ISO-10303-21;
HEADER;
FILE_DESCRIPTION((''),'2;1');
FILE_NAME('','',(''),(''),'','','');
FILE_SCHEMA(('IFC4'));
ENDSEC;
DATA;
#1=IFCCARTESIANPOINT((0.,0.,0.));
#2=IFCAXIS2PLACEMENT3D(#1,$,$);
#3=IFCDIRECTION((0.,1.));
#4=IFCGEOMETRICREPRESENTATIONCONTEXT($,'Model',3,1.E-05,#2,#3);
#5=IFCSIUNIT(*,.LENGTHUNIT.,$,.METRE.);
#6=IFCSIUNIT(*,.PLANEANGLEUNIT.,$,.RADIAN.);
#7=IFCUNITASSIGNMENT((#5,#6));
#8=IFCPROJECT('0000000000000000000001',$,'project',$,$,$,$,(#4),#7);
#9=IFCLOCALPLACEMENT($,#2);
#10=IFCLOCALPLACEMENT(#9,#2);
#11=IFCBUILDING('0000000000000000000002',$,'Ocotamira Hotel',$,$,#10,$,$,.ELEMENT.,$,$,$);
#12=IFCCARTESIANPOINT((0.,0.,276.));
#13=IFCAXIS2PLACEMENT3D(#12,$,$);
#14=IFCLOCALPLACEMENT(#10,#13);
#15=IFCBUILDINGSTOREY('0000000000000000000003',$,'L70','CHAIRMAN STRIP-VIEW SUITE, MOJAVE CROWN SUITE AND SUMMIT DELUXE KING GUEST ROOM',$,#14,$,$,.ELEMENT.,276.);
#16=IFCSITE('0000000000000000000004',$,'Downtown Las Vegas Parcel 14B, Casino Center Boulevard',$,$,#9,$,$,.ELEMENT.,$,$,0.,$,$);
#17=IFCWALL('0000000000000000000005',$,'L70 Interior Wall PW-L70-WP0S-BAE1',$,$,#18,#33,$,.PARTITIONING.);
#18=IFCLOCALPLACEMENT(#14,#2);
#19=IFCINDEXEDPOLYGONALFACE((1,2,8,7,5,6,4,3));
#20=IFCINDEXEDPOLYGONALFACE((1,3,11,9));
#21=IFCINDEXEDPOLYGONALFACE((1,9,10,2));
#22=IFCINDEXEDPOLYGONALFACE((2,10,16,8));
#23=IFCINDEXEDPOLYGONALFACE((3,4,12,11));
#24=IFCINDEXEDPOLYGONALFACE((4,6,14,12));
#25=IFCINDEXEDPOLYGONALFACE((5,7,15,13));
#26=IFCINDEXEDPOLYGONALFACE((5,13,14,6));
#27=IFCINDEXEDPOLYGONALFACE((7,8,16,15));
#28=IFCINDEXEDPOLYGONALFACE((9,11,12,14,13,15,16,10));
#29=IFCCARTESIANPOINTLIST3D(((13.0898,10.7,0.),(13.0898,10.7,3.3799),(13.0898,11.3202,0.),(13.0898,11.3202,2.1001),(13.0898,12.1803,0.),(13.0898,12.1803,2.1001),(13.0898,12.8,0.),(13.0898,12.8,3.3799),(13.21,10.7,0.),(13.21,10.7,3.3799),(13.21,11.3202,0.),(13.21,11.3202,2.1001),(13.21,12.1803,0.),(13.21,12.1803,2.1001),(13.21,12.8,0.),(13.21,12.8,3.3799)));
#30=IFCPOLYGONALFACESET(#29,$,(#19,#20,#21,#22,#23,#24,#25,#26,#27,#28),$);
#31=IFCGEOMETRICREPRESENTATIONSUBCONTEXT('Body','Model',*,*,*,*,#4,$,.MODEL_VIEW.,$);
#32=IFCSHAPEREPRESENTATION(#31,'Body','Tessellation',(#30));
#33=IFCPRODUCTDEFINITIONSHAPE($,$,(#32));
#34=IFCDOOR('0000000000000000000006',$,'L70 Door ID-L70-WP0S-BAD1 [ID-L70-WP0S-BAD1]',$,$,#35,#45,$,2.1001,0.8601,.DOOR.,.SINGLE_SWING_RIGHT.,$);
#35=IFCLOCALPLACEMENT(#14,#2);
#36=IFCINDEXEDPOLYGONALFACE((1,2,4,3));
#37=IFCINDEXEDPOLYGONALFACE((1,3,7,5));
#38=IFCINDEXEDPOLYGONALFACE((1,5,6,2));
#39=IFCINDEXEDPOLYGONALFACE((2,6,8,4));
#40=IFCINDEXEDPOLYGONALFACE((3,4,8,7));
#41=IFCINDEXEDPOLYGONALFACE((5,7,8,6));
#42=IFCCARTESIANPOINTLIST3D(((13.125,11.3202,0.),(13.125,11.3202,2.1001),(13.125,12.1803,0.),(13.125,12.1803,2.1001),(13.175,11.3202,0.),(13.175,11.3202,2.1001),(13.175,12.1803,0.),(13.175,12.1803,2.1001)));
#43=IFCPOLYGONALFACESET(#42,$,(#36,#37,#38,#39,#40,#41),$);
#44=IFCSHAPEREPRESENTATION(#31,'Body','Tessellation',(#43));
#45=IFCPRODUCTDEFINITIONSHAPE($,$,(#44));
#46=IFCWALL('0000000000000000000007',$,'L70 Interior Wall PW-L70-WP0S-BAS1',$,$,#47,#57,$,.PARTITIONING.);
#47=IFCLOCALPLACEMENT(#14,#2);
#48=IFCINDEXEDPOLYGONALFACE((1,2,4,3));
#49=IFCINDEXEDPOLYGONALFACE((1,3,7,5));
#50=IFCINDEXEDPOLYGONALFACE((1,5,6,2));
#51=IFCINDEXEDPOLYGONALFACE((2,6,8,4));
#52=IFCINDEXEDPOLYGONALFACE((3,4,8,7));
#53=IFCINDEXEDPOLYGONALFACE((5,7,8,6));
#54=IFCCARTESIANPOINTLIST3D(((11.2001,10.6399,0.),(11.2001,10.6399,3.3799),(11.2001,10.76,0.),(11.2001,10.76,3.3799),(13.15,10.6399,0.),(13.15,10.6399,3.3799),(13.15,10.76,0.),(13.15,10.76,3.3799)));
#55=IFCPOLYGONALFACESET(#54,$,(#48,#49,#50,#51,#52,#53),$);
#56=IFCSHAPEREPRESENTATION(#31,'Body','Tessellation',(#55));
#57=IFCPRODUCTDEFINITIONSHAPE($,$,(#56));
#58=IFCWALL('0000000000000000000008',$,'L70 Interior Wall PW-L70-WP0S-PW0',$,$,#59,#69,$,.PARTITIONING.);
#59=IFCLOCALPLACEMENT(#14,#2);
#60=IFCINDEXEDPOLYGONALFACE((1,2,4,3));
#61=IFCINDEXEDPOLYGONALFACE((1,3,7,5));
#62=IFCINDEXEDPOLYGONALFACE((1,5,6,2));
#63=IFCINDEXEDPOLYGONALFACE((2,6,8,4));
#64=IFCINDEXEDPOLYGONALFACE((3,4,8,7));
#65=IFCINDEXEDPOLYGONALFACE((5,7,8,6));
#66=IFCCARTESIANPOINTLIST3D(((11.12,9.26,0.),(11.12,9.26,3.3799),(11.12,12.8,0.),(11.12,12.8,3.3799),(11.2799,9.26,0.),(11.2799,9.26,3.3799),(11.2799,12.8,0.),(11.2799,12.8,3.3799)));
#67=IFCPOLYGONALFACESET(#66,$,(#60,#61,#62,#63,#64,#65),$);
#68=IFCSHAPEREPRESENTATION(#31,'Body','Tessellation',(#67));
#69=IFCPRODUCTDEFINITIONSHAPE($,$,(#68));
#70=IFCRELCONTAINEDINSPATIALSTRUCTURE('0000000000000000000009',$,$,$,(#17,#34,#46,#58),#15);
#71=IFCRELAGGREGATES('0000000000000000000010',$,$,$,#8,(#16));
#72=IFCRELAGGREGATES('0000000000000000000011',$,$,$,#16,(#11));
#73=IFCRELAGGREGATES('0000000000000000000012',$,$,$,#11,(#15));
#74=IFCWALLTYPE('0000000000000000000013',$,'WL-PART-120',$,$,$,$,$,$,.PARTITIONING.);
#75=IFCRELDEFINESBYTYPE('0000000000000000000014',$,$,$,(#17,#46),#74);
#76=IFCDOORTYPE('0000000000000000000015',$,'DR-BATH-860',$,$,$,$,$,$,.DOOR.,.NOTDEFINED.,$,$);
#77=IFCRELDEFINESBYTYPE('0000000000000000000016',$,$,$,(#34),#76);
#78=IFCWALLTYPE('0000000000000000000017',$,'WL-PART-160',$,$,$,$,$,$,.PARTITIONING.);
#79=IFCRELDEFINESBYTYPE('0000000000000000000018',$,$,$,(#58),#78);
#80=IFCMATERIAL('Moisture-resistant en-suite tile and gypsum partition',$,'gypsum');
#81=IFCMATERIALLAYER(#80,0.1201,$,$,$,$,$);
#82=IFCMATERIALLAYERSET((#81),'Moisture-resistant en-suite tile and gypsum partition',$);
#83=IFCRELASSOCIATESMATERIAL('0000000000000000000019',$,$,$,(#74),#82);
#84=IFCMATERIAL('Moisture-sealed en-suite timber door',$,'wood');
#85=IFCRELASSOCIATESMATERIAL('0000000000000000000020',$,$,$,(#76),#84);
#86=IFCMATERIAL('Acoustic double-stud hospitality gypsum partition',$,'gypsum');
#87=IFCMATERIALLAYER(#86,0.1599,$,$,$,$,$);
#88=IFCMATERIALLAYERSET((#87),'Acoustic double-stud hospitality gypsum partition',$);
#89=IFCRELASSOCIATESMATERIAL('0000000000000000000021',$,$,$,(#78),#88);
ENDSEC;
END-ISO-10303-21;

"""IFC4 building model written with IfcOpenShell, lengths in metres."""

from ifc_helpers import new_model, si_unit, direction, frame, frame_2d, origin, place, context, subcontext, project, spatial, rectangle, extrude, source, transform, mapped, material, layer, layer_set, type_object, element, fill, save


model = new_model("IFC4")

# Units and contexts
model_context = context("Model", 3, precision=1e-05, world=origin(), true_north=direction((0.0, 1.0)))
body_context = subcontext(model_context, "Body", "Model", "MODEL_VIEW")
ifc_project = project(units=[si_unit("LENGTHUNIT", "METRE"), si_unit("PLANEANGLEUNIT", "RADIAN")], contexts=[model_context])

# Site, building, storey
site_placement = place(None, origin())
site = spatial("IfcSite", under=ifc_project, at=site_placement, Name="Downtown Las Vegas Parcel 14B, Casino Center Boulevard", CompositionType="ELEMENT", RefElevation=0.0)
building_placement = place(site_placement, origin())
building = spatial("IfcBuilding", under=site, at=building_placement, Name="Ocotamira Hotel", CompositionType="ELEMENT")
storey_placement = place(building_placement, frame((0.0, 0.0, 276.0)))
storey = spatial("IfcBuildingStorey", under=building, at=storey_placement, Name="L70", Description="CHAIRMAN STRIP-VIEW SUITE, MOJAVE CROWN SUITE AND SUMMIT DELUXE KING GUEST ROOM", CompositionType="ELEMENT", Elevation=276.0)

# Wall, opening, door
ifc_material_1 = material(Name="Moisture-resistant en-suite tile and gypsum partition", Category="gypsum")
ifc_layer_1 = layer(ifc_material_1, 0.1201)
ifc_layer_set_1 = layer_set([ifc_layer_1], Name="Moisture-resistant en-suite tile and gypsum partition")
wall_type_1 = type_object("IfcWallType", Name="WL-PART-120", PredefinedType="PARTITIONING", material=ifc_layer_set_1)
wall_1_placement = place(storey_placement, frame((13.1499, 10.7, 0.0), z_axis=(0.0, 0.0, 1.0), x_axis=(0.0, 1.0, 0.0)))
wall_1 = element("IfcWall", 1, at=wall_1_placement, inside=storey, type_object=wall_type_1, Name="L70 Interior Wall PW-L70-WP0S-BAE1", PredefinedType="PARTITIONING", context=body_context, shape_type="SweptSolid", body=[
    extrude(rectangle(XDim=2.1001, YDim=0.1201, at=frame_2d((1.05, 0.0))), origin(), (0.0, 0.0, 1.0), 3.3799),
])
opening_1_placement = place(wall_1_placement, frame((0.6201, 0.0, 0.0)))
opening_1 = element("IfcOpeningElement", 2, at=opening_1_placement, cuts=wall_1, PredefinedType="OPENING", context=body_context, shape_type="SweptSolid", body=[
    extrude(rectangle(XDim=0.8601, YDim=2.1001, at=frame_2d((0.4302, 1.05))), frame((0.0, 0.0701, 0.0), z_axis=(0.0, -1.0, 0.0), x_axis=(1.0, 0.0, 0.0)), (0.0, 0.0, 1.0), 0.1401),
])
ifc_material_2 = material(Name="Moisture-sealed en-suite timber door", Category="wood")
door_type_1 = type_object("IfcDoorType", Name="DR-BATH-860", OperationType="NOTDEFINED", PredefinedType="DOOR", material=ifc_material_2)
shared_shape_1 = source(origin(), body_context, "Body", "SweptSolid", [
    extrude(rectangle(XDim=0.8601, YDim=2.1001, at=frame_2d((0.4302, 1.05))), frame((0.0, 0.0249, 0.0), z_axis=(0.0, -1.0, 0.0), x_axis=(1.0, 0.0, 0.0)), (0.0, 0.0, 1.0), 0.05),
])
door_1_placement = place(opening_1_placement, origin())
door_1 = element("IfcDoor", 3, at=door_1_placement, inside=storey, type_object=door_type_1, Name="L70 Door ID-L70-WP0S-BAD1 [ID-L70-WP0S-BAD1]", OperationType="SINGLE_SWING_RIGHT", OverallHeight=2.1001, OverallWidth=0.8601, PredefinedType="DOOR", context=body_context, shape_type="MappedRepresentation", body=[
    mapped(shared_shape_1, transform((0.0, 0.0, 0.0), scale=1.0)),
])
fill(opening_1, door_1)

# Walls
wall_2_placement = place(storey_placement, frame((11.2, 10.7, 0.0), z_axis=(0.0, 0.0, 1.0), x_axis=(1.0, 0.0, 0.0)))
element("IfcWall", 4, at=wall_2_placement, inside=storey, type_object=wall_type_1, Name="L70 Interior Wall PW-L70-WP0S-BAS1", PredefinedType="PARTITIONING", context=body_context, shape_type="SweptSolid", body=[
    extrude(rectangle(XDim=1.95, YDim=0.1201, at=frame_2d((0.9751, 0.0))), origin(), (0.0, 0.0, 1.0), 3.3799),
])
ifc_material_3 = material(Name="Acoustic double-stud hospitality gypsum partition", Category="gypsum")
ifc_layer_2 = layer(ifc_material_3, 0.1599)
ifc_layer_set_2 = layer_set([ifc_layer_2], Name="Acoustic double-stud hospitality gypsum partition")
wall_type_2 = type_object("IfcWallType", Name="WL-PART-160", PredefinedType="PARTITIONING", material=ifc_layer_set_2)
wall_3_placement = place(storey_placement, frame((11.2, 9.26, 0.0), z_axis=(0.0, 0.0, 1.0), x_axis=(0.0, 1.0, 0.0)))
element("IfcWall", 5, at=wall_3_placement, inside=storey, type_object=wall_type_2, Name="L70 Interior Wall PW-L70-WP0S-PW0", PredefinedType="PARTITIONING", context=body_context, shape_type="SweptSolid", body=[
    extrude(rectangle(XDim=3.54, YDim=0.1599, at=frame_2d((1.77, 0.0))), origin(), (0.0, 0.0, 1.0), 3.3799),
])

save(model, "model.ifc")
